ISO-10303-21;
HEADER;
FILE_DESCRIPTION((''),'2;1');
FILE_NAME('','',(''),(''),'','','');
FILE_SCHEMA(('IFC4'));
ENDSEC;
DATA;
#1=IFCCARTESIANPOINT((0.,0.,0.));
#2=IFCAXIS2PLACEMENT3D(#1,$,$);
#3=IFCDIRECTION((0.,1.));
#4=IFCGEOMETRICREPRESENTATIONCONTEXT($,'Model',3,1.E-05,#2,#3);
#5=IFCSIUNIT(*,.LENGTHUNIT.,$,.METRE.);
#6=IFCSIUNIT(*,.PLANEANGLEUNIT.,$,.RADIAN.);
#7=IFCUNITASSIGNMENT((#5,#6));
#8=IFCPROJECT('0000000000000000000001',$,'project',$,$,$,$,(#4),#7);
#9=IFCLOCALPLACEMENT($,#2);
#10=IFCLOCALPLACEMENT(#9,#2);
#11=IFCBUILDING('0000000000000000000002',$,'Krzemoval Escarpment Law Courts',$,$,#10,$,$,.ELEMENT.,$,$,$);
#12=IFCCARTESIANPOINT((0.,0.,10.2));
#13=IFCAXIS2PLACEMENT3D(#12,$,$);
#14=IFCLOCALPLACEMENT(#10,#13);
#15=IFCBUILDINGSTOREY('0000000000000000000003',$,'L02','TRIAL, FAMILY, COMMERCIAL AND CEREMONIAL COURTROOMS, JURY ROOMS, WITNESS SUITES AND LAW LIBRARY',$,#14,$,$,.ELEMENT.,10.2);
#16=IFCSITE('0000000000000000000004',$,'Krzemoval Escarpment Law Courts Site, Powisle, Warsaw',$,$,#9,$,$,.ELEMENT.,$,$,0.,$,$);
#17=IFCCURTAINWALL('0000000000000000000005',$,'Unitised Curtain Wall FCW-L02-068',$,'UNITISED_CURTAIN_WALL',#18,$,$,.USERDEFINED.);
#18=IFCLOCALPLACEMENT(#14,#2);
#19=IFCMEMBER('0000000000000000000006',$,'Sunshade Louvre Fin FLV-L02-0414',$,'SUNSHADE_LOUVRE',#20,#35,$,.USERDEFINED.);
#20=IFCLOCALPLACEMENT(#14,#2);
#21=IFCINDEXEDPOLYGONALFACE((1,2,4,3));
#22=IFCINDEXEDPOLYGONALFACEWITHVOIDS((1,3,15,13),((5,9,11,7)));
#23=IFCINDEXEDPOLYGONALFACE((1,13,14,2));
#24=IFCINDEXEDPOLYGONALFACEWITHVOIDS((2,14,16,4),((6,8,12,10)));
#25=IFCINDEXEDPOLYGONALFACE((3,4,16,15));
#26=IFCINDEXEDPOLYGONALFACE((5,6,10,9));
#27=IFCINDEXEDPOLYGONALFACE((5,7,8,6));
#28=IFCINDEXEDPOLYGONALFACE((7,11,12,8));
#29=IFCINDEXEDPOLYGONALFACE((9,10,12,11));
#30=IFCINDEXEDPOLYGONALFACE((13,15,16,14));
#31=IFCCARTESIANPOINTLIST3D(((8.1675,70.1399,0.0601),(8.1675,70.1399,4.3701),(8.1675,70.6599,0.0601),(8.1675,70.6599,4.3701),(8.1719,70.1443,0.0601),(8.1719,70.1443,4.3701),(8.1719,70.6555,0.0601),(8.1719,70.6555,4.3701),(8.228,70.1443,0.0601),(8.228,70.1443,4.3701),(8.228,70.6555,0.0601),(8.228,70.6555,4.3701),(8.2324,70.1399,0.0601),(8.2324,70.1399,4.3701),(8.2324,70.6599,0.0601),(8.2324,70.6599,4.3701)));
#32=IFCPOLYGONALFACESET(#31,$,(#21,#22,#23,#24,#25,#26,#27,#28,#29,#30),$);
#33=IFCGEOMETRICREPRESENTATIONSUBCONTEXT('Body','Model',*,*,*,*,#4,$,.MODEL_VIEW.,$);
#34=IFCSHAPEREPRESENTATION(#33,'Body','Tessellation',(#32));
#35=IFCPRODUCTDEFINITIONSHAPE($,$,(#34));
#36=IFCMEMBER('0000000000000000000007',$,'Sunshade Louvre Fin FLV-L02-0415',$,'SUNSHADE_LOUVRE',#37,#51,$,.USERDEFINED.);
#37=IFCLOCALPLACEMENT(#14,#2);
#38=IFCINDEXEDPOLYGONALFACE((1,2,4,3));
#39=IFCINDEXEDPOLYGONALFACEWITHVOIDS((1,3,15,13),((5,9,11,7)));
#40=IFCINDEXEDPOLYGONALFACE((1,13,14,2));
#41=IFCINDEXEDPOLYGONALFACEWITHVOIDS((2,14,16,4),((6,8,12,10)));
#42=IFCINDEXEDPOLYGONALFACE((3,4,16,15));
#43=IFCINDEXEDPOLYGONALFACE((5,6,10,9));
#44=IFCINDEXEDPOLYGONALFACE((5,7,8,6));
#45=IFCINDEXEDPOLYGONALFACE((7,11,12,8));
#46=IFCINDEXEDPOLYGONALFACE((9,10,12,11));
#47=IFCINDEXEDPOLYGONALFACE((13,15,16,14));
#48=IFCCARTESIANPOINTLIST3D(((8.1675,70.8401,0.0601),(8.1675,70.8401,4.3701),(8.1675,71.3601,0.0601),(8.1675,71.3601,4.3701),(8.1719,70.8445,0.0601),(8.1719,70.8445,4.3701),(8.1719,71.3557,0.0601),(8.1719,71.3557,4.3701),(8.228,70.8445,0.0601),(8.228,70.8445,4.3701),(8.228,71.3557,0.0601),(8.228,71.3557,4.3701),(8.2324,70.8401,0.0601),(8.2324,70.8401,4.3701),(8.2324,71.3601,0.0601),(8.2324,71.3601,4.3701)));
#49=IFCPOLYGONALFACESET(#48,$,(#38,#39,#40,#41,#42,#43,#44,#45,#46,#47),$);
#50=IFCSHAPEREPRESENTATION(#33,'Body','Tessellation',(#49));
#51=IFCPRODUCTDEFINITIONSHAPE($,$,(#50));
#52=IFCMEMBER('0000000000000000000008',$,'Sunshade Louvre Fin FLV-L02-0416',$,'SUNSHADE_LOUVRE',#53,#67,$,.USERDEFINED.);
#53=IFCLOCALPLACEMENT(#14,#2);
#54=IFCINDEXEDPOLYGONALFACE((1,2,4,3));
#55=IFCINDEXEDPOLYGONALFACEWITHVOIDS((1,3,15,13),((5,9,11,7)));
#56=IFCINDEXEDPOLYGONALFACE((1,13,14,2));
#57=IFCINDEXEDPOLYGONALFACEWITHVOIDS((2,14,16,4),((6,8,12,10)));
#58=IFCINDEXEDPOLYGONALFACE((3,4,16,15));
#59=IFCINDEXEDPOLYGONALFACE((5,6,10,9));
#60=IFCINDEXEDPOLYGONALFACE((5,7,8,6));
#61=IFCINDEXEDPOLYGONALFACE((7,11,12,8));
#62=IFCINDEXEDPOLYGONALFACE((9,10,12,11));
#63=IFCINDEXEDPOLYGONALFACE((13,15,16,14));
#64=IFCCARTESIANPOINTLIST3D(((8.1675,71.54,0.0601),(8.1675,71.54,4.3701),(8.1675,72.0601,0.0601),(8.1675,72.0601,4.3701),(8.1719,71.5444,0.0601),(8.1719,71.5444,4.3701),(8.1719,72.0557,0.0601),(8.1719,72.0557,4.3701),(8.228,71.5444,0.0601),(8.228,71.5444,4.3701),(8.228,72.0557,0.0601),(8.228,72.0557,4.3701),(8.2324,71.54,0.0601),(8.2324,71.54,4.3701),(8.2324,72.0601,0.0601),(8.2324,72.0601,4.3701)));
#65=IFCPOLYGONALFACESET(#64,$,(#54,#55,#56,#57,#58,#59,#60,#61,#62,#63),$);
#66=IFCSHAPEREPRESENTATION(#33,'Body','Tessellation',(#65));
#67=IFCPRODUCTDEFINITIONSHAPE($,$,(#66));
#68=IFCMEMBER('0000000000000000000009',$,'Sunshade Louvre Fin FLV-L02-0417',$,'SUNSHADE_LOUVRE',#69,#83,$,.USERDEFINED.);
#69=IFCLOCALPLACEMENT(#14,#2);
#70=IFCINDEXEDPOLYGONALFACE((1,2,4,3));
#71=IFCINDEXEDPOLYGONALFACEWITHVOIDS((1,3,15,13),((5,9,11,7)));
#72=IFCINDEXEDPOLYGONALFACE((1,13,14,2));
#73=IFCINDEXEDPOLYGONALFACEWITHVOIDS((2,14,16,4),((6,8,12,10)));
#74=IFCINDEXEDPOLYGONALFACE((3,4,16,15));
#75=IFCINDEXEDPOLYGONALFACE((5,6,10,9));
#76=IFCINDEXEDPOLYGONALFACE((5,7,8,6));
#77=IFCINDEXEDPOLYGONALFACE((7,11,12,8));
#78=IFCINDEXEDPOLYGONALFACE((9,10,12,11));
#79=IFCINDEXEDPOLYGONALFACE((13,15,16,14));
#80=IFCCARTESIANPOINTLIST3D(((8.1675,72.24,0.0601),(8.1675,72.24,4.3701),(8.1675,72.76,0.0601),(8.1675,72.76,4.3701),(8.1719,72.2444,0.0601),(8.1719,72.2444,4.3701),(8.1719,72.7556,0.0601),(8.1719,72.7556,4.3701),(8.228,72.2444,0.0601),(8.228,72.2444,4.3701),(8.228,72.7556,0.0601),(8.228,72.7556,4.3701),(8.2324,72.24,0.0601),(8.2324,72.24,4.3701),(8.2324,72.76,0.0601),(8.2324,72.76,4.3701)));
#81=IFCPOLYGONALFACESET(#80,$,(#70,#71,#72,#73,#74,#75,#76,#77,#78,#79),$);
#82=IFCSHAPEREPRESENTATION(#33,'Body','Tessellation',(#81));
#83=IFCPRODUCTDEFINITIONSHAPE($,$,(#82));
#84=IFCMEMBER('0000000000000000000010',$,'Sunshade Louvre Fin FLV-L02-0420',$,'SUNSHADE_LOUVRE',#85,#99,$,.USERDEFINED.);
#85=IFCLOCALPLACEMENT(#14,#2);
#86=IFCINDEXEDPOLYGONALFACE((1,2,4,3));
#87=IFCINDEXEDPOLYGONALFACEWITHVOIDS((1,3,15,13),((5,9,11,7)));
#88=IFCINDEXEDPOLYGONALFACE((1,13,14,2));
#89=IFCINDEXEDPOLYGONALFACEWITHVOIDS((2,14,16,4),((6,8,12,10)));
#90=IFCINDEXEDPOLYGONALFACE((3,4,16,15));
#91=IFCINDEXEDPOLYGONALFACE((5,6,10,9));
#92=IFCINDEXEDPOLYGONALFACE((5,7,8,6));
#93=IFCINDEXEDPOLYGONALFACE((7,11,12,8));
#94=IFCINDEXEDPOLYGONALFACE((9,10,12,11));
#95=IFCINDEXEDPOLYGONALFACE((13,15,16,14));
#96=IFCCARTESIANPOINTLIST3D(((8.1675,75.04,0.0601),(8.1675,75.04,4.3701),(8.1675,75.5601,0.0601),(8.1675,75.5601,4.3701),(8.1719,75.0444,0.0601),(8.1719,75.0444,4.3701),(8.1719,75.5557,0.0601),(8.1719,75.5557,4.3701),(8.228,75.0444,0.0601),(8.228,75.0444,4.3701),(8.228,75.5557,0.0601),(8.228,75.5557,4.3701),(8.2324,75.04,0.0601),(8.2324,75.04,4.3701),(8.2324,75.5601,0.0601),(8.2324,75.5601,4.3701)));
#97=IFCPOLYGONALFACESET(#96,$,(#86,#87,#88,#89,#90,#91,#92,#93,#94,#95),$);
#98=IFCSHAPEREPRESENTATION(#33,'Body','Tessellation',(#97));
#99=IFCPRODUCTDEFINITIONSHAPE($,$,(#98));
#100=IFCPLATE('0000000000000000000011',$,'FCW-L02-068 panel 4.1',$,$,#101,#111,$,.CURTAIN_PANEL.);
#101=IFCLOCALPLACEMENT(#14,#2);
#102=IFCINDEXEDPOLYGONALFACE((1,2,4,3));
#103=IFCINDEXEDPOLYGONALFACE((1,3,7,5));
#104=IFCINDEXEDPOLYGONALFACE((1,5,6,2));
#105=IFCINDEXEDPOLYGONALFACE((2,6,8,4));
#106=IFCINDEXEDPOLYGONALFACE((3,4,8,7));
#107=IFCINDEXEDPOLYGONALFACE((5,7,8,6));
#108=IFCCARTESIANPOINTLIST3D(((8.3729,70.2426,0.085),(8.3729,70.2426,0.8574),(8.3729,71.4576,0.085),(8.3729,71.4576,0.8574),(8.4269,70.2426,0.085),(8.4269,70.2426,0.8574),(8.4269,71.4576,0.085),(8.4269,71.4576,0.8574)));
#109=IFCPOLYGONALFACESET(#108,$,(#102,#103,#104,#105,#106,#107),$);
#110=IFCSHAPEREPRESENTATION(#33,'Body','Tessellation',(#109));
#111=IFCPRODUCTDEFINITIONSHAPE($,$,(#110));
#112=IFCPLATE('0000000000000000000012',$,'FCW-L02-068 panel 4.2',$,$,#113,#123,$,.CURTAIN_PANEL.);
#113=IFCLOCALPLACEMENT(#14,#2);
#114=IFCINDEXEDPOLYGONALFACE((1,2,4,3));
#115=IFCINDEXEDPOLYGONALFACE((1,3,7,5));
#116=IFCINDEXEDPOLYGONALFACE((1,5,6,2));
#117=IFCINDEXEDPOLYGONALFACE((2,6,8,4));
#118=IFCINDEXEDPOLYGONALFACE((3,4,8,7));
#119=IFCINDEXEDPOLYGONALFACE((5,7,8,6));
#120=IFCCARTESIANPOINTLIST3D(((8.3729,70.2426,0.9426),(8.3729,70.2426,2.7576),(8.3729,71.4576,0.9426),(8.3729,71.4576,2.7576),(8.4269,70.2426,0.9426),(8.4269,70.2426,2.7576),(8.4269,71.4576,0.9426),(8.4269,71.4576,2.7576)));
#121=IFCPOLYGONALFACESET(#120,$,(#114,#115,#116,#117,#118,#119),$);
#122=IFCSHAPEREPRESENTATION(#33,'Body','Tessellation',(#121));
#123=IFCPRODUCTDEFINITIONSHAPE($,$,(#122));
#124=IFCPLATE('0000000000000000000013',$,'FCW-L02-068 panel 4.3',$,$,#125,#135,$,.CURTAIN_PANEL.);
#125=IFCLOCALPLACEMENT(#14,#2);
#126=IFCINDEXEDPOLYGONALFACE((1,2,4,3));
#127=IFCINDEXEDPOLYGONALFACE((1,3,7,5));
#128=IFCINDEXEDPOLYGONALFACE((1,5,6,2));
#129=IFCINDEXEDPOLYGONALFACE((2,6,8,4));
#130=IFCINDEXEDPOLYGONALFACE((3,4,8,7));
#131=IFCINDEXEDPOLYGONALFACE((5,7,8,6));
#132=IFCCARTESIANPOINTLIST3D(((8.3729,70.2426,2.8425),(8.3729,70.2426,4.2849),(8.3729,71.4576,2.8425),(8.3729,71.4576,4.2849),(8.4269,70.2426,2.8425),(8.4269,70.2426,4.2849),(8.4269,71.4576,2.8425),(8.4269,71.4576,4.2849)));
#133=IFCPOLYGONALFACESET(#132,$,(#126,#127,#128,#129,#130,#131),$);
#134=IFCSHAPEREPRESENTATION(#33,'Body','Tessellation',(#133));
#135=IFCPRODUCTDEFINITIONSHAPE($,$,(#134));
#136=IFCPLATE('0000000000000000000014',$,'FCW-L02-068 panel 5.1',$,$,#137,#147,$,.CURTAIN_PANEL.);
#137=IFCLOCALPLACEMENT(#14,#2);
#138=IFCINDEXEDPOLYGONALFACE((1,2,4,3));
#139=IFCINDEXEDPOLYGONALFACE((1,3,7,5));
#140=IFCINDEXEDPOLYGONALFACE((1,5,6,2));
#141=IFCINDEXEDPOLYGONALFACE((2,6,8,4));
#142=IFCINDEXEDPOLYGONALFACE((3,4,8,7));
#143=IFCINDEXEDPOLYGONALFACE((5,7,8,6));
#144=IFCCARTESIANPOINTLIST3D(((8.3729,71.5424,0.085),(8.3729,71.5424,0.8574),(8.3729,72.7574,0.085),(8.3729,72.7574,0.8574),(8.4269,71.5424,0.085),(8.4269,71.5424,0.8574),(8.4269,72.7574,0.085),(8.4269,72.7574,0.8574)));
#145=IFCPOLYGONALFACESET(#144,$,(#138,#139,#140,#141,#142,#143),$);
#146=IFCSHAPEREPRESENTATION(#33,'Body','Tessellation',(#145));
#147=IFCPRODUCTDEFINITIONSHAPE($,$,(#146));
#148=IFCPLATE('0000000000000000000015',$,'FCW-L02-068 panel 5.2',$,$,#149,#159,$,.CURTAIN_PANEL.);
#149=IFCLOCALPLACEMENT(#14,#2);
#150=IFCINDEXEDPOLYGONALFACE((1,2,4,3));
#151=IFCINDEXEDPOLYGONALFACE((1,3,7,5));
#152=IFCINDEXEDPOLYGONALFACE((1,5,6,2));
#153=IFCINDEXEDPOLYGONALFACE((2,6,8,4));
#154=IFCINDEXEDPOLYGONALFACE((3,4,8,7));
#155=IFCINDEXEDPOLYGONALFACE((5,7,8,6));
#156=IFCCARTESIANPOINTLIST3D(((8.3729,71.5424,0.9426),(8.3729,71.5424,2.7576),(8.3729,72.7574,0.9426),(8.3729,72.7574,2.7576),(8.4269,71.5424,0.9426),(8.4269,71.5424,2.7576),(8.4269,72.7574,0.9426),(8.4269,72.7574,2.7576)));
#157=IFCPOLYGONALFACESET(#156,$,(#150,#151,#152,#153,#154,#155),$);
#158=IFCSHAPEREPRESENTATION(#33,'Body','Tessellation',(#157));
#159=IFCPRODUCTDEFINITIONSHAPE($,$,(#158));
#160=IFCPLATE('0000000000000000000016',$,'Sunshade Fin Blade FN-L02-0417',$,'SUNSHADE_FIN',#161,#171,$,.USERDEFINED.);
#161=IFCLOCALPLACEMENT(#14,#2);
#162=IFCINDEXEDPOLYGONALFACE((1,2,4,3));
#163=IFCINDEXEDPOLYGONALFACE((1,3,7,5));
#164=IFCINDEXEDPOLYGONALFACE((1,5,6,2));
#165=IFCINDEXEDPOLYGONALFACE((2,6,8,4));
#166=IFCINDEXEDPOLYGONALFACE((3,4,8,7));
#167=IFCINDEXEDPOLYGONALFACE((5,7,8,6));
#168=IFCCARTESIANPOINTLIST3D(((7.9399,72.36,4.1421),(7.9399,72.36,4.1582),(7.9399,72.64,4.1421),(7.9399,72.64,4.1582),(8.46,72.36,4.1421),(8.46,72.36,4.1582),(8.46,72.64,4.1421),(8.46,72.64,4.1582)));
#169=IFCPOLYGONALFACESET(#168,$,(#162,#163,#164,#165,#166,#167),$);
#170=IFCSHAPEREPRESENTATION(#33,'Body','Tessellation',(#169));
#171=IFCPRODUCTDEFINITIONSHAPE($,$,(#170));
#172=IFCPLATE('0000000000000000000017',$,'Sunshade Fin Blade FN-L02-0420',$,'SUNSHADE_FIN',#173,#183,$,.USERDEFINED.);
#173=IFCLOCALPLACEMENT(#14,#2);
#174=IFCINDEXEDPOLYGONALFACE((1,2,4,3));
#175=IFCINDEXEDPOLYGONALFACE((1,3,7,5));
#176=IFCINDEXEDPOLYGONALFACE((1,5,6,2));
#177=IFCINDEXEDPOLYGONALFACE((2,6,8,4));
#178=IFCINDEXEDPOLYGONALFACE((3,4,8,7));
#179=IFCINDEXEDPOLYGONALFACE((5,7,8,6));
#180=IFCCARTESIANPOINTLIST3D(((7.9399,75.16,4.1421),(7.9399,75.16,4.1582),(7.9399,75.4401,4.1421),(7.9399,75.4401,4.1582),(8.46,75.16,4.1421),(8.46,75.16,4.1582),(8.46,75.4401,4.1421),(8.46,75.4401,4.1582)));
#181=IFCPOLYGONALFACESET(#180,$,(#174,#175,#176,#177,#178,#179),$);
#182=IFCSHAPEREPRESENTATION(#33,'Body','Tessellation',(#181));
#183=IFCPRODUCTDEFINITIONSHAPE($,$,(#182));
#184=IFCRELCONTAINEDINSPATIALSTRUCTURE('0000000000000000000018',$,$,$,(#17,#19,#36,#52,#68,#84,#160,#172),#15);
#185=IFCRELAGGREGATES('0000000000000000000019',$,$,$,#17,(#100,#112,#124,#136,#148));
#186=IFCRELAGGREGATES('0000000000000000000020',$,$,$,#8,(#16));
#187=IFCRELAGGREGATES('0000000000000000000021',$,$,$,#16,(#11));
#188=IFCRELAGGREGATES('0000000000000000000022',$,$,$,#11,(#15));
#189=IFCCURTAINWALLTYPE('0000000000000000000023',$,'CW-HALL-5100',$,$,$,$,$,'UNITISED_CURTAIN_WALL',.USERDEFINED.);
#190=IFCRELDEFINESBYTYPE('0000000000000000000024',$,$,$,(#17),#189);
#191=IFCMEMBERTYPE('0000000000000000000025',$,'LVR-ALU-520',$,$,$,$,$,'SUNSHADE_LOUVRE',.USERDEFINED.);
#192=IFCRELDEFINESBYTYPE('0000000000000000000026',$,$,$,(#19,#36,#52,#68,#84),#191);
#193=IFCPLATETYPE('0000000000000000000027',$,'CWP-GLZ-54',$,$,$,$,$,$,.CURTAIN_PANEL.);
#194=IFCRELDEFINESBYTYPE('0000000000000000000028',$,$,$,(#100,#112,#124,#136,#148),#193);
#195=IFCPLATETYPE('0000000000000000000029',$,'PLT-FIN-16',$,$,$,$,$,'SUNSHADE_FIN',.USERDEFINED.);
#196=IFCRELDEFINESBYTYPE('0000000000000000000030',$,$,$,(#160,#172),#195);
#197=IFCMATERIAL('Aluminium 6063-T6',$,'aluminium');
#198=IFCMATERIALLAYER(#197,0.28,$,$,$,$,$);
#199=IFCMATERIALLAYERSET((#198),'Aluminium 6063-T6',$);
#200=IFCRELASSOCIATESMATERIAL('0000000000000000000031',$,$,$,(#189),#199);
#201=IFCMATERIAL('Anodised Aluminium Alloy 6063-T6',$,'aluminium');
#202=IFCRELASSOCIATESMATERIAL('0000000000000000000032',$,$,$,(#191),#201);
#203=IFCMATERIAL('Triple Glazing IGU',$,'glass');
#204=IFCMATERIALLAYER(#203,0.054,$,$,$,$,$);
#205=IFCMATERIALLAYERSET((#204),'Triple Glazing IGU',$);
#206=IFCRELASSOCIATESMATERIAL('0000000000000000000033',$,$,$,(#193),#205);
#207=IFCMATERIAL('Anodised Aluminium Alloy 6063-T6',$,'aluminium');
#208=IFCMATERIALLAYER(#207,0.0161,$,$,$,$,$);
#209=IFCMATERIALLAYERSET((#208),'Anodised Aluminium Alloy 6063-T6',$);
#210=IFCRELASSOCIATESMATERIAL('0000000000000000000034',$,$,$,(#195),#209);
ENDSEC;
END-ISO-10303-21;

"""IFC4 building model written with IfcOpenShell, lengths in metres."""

from ifc_helpers import new_model, si_unit, direction, frame, origin, origin_2d, place, context, subcontext, project, spatial, rectangle, hollow_rectangle, extrude, material, layer, layer_set, material_profile, profile_set, type_object, element, aggregate, save


model = new_model("IFC4")

# Units and contexts
model_context = context("Model", 3, precision=1e-05, world=origin(), true_north=direction((0.0, 1.0)))
body_context = subcontext(model_context, "Body", "Model", "MODEL_VIEW")
ifc_project = project(units=[si_unit("LENGTHUNIT", "METRE"), si_unit("PLANEANGLEUNIT", "RADIAN")], contexts=[model_context])

# Site, building, storey
site_placement = place(None, origin())
site = spatial("IfcSite", under=ifc_project, at=site_placement, Name="Krzemoval Escarpment Law Courts Site, Powisle, Warsaw", CompositionType="ELEMENT", RefElevation=0.0)
building_placement = place(site_placement, origin())
building = spatial("IfcBuilding", under=site, at=building_placement, Name="Krzemoval Escarpment Law Courts", CompositionType="ELEMENT")
storey_placement = place(building_placement, frame((0.0, 0.0, 10.2)))
storey = spatial("IfcBuildingStorey", under=building, at=storey_placement, Name="L02", Description="TRIAL, FAMILY, COMMERCIAL AND CEREMONIAL COURTROOMS, JURY ROOMS, WITNESS SUITES AND LAW LIBRARY", CompositionType="ELEMENT", Elevation=10.2)

# Curtain wall
ifc_material_1 = material(Name="Aluminium 6063-T6", Category="aluminium")
ifc_layer_1 = layer(ifc_material_1, 0.28)
ifc_layer_set_1 = layer_set([ifc_layer_1], Name="Aluminium 6063-T6")
curtain_wall_type = type_object("IfcCurtainWallType", Name="CW-HALL-5100", ElementType="UNITISED_CURTAIN_WALL", PredefinedType="USERDEFINED", material=ifc_layer_set_1)
curtain_wall_placement = place(storey_placement, origin())
curtain_wall = element("IfcCurtainWall", 1, at=curtain_wall_placement, inside=storey, type_object=curtain_wall_type, Name="Unitised Curtain Wall FCW-L02-068", ObjectType="UNITISED_CURTAIN_WALL", PredefinedType="USERDEFINED")

# Members
ifc_material_2 = material(Name="Anodised Aluminium Alloy 6063-T6", Category="aluminium")
ifc_material_profile_1 = material_profile(ifc_material_2, hollow_rectangle(XDim=0.0649, YDim=0.52, WallThickness=0.0044, at=origin_2d()), Name="ALU LVR 65x520")
ifc_profile_set_1 = profile_set([ifc_material_profile_1], Name="Anodised Aluminium Alloy 6063-T6")
member_type_1 = type_object("IfcMemberType", Name="LVR-ALU-520", ElementType="SUNSHADE_LOUVRE", PredefinedType="USERDEFINED", material=ifc_profile_set_1)
for number, where, z_axis, x_axis, name in (
    (2, (8.2, 70.3999, 0.0601), (0.0, 0.0, 1.0), (1.0, 0.0, 0.0), "Sunshade Louvre Fin FLV-L02-0414"),
    (3, (8.2, 71.1001, 0.0601), (0.0, 0.0, 1.0), (1.0, 0.0, 0.0), "Sunshade Louvre Fin FLV-L02-0415"),
    (4, (8.2, 71.8, 0.0601), (0.0, 0.0, 1.0), (1.0, 0.0, 0.0), "Sunshade Louvre Fin FLV-L02-0416"),
    (5, (8.2, 72.5, 0.0601), (0.0, 0.0, 1.0), (1.0, 0.0, 0.0), "Sunshade Louvre Fin FLV-L02-0417"),
    (6, (8.2, 75.3, 0.0601), (0.0, 0.0, 1.0), (1.0, 0.0, 0.0), "Sunshade Louvre Fin FLV-L02-0420"),
):
    element("IfcMember", number, at=place(storey_placement, frame(where, z_axis=z_axis, x_axis=x_axis)), inside=storey, type_object=member_type_1, Name=name, ObjectType="SUNSHADE_LOUVRE", PredefinedType="USERDEFINED", context=body_context, shape_type="SweptSolid", body=[
        extrude(hollow_rectangle(XDim=0.0649, YDim=0.52, WallThickness=0.0044, at=origin_2d()), origin(), (0.0, 0.0, 1.0), 4.3101),
    ])

# Plates
ifc_material_3 = material(Name="Triple Glazing IGU", Category="glass")
ifc_layer_2 = layer(ifc_material_3, 0.054)
ifc_layer_set_2 = layer_set([ifc_layer_2], Name="Triple Glazing IGU")
plate_type_1 = type_object("IfcPlateType", Name="CWP-GLZ-54", PredefinedType="CURTAIN_PANEL", material=ifc_layer_set_2)
plate_1_placement = place(storey_placement, frame((8.3999, 70.8501, 0.085), z_axis=(0.0, 0.0, 1.0), x_axis=(0.0, 1.0, 0.0)))
plate_1 = element("IfcPlate", 7, at=plate_1_placement, type_object=plate_type_1, Name="FCW-L02-068 panel 4.1", PredefinedType="CURTAIN_PANEL", context=body_context, shape_type="SweptSolid", body=[
    extrude(rectangle(XDim=1.2151, YDim=0.054, at=origin_2d()), origin(), (0.0, 0.0, 1.0), 0.7725),
])
plate_2_placement = place(storey_placement, frame((8.3999, 70.8501, 0.9426), z_axis=(0.0, 0.0, 1.0), x_axis=(0.0, 1.0, 0.0)))
plate_2 = element("IfcPlate", 8, at=plate_2_placement, type_object=plate_type_1, Name="FCW-L02-068 panel 4.2", PredefinedType="CURTAIN_PANEL", context=body_context, shape_type="SweptSolid", body=[
    extrude(rectangle(XDim=1.2151, YDim=0.054, at=origin_2d()), origin(), (0.0, 0.0, 1.0), 1.8149),
])
plate_3_placement = place(storey_placement, frame((8.3999, 70.8501, 2.8425), z_axis=(0.0, 0.0, 1.0), x_axis=(0.0, 1.0, 0.0)))
plate_3 = element("IfcPlate", 9, at=plate_3_placement, type_object=plate_type_1, Name="FCW-L02-068 panel 4.3", PredefinedType="CURTAIN_PANEL", context=body_context, shape_type="SweptSolid", body=[
    extrude(rectangle(XDim=1.2151, YDim=0.054, at=origin_2d()), origin(), (0.0, 0.0, 1.0), 1.4424),
])
plate_4_placement = place(storey_placement, frame((8.3999, 72.1499, 0.085), z_axis=(0.0, 0.0, 1.0), x_axis=(0.0, 1.0, 0.0)))
plate_4 = element("IfcPlate", 10, at=plate_4_placement, type_object=plate_type_1, Name="FCW-L02-068 panel 5.1", PredefinedType="CURTAIN_PANEL", context=body_context, shape_type="SweptSolid", body=[
    extrude(rectangle(XDim=1.2151, YDim=0.054, at=origin_2d()), origin(), (0.0, 0.0, 1.0), 0.7725),
])
plate_5_placement = place(storey_placement, frame((8.3999, 72.1499, 0.9426), z_axis=(0.0, 0.0, 1.0), x_axis=(0.0, 1.0, 0.0)))
plate_5 = element("IfcPlate", 11, at=plate_5_placement, type_object=plate_type_1, Name="FCW-L02-068 panel 5.2", PredefinedType="CURTAIN_PANEL", context=body_context, shape_type="SweptSolid", body=[
    extrude(rectangle(XDim=1.2151, YDim=0.054, at=origin_2d()), origin(), (0.0, 0.0, 1.0), 1.8149),
])
aggregate(curtain_wall, [plate_1, plate_2, plate_3, plate_4, plate_5])

# Plates
ifc_material_4 = material(Name="Anodised Aluminium Alloy 6063-T6", Category="aluminium")
ifc_layer_3 = layer(ifc_material_4, 0.0161)
ifc_layer_set_3 = layer_set([ifc_layer_3], Name="Anodised Aluminium Alloy 6063-T6")
plate_type_2 = type_object("IfcPlateType", Name="PLT-FIN-16", ElementType="SUNSHADE_FIN", PredefinedType="USERDEFINED", material=ifc_layer_set_3)
for number, where, z_axis, x_axis, name in (
    (12, (8.2, 72.5, 4.1421), (0.0, 0.0, 1.0), (-1.0, 0.0, 0.0), "Sunshade Fin Blade FN-L02-0417"),
    (13, (8.2, 75.3, 4.1421), (0.0, 0.0, 1.0), (-1.0, 0.0, 0.0), "Sunshade Fin Blade FN-L02-0420"),
):
    element("IfcPlate", number, at=place(storey_placement, frame(where, z_axis=z_axis, x_axis=x_axis)), inside=storey, type_object=plate_type_2, Name=name, ObjectType="SUNSHADE_FIN", PredefinedType="USERDEFINED", context=body_context, shape_type="SweptSolid", body=[
        extrude(rectangle(XDim=0.52, YDim=0.28, at=origin_2d()), origin(), (0.0, 0.0, 1.0), 0.0161),
    ])

save(model, "model.ifc")
